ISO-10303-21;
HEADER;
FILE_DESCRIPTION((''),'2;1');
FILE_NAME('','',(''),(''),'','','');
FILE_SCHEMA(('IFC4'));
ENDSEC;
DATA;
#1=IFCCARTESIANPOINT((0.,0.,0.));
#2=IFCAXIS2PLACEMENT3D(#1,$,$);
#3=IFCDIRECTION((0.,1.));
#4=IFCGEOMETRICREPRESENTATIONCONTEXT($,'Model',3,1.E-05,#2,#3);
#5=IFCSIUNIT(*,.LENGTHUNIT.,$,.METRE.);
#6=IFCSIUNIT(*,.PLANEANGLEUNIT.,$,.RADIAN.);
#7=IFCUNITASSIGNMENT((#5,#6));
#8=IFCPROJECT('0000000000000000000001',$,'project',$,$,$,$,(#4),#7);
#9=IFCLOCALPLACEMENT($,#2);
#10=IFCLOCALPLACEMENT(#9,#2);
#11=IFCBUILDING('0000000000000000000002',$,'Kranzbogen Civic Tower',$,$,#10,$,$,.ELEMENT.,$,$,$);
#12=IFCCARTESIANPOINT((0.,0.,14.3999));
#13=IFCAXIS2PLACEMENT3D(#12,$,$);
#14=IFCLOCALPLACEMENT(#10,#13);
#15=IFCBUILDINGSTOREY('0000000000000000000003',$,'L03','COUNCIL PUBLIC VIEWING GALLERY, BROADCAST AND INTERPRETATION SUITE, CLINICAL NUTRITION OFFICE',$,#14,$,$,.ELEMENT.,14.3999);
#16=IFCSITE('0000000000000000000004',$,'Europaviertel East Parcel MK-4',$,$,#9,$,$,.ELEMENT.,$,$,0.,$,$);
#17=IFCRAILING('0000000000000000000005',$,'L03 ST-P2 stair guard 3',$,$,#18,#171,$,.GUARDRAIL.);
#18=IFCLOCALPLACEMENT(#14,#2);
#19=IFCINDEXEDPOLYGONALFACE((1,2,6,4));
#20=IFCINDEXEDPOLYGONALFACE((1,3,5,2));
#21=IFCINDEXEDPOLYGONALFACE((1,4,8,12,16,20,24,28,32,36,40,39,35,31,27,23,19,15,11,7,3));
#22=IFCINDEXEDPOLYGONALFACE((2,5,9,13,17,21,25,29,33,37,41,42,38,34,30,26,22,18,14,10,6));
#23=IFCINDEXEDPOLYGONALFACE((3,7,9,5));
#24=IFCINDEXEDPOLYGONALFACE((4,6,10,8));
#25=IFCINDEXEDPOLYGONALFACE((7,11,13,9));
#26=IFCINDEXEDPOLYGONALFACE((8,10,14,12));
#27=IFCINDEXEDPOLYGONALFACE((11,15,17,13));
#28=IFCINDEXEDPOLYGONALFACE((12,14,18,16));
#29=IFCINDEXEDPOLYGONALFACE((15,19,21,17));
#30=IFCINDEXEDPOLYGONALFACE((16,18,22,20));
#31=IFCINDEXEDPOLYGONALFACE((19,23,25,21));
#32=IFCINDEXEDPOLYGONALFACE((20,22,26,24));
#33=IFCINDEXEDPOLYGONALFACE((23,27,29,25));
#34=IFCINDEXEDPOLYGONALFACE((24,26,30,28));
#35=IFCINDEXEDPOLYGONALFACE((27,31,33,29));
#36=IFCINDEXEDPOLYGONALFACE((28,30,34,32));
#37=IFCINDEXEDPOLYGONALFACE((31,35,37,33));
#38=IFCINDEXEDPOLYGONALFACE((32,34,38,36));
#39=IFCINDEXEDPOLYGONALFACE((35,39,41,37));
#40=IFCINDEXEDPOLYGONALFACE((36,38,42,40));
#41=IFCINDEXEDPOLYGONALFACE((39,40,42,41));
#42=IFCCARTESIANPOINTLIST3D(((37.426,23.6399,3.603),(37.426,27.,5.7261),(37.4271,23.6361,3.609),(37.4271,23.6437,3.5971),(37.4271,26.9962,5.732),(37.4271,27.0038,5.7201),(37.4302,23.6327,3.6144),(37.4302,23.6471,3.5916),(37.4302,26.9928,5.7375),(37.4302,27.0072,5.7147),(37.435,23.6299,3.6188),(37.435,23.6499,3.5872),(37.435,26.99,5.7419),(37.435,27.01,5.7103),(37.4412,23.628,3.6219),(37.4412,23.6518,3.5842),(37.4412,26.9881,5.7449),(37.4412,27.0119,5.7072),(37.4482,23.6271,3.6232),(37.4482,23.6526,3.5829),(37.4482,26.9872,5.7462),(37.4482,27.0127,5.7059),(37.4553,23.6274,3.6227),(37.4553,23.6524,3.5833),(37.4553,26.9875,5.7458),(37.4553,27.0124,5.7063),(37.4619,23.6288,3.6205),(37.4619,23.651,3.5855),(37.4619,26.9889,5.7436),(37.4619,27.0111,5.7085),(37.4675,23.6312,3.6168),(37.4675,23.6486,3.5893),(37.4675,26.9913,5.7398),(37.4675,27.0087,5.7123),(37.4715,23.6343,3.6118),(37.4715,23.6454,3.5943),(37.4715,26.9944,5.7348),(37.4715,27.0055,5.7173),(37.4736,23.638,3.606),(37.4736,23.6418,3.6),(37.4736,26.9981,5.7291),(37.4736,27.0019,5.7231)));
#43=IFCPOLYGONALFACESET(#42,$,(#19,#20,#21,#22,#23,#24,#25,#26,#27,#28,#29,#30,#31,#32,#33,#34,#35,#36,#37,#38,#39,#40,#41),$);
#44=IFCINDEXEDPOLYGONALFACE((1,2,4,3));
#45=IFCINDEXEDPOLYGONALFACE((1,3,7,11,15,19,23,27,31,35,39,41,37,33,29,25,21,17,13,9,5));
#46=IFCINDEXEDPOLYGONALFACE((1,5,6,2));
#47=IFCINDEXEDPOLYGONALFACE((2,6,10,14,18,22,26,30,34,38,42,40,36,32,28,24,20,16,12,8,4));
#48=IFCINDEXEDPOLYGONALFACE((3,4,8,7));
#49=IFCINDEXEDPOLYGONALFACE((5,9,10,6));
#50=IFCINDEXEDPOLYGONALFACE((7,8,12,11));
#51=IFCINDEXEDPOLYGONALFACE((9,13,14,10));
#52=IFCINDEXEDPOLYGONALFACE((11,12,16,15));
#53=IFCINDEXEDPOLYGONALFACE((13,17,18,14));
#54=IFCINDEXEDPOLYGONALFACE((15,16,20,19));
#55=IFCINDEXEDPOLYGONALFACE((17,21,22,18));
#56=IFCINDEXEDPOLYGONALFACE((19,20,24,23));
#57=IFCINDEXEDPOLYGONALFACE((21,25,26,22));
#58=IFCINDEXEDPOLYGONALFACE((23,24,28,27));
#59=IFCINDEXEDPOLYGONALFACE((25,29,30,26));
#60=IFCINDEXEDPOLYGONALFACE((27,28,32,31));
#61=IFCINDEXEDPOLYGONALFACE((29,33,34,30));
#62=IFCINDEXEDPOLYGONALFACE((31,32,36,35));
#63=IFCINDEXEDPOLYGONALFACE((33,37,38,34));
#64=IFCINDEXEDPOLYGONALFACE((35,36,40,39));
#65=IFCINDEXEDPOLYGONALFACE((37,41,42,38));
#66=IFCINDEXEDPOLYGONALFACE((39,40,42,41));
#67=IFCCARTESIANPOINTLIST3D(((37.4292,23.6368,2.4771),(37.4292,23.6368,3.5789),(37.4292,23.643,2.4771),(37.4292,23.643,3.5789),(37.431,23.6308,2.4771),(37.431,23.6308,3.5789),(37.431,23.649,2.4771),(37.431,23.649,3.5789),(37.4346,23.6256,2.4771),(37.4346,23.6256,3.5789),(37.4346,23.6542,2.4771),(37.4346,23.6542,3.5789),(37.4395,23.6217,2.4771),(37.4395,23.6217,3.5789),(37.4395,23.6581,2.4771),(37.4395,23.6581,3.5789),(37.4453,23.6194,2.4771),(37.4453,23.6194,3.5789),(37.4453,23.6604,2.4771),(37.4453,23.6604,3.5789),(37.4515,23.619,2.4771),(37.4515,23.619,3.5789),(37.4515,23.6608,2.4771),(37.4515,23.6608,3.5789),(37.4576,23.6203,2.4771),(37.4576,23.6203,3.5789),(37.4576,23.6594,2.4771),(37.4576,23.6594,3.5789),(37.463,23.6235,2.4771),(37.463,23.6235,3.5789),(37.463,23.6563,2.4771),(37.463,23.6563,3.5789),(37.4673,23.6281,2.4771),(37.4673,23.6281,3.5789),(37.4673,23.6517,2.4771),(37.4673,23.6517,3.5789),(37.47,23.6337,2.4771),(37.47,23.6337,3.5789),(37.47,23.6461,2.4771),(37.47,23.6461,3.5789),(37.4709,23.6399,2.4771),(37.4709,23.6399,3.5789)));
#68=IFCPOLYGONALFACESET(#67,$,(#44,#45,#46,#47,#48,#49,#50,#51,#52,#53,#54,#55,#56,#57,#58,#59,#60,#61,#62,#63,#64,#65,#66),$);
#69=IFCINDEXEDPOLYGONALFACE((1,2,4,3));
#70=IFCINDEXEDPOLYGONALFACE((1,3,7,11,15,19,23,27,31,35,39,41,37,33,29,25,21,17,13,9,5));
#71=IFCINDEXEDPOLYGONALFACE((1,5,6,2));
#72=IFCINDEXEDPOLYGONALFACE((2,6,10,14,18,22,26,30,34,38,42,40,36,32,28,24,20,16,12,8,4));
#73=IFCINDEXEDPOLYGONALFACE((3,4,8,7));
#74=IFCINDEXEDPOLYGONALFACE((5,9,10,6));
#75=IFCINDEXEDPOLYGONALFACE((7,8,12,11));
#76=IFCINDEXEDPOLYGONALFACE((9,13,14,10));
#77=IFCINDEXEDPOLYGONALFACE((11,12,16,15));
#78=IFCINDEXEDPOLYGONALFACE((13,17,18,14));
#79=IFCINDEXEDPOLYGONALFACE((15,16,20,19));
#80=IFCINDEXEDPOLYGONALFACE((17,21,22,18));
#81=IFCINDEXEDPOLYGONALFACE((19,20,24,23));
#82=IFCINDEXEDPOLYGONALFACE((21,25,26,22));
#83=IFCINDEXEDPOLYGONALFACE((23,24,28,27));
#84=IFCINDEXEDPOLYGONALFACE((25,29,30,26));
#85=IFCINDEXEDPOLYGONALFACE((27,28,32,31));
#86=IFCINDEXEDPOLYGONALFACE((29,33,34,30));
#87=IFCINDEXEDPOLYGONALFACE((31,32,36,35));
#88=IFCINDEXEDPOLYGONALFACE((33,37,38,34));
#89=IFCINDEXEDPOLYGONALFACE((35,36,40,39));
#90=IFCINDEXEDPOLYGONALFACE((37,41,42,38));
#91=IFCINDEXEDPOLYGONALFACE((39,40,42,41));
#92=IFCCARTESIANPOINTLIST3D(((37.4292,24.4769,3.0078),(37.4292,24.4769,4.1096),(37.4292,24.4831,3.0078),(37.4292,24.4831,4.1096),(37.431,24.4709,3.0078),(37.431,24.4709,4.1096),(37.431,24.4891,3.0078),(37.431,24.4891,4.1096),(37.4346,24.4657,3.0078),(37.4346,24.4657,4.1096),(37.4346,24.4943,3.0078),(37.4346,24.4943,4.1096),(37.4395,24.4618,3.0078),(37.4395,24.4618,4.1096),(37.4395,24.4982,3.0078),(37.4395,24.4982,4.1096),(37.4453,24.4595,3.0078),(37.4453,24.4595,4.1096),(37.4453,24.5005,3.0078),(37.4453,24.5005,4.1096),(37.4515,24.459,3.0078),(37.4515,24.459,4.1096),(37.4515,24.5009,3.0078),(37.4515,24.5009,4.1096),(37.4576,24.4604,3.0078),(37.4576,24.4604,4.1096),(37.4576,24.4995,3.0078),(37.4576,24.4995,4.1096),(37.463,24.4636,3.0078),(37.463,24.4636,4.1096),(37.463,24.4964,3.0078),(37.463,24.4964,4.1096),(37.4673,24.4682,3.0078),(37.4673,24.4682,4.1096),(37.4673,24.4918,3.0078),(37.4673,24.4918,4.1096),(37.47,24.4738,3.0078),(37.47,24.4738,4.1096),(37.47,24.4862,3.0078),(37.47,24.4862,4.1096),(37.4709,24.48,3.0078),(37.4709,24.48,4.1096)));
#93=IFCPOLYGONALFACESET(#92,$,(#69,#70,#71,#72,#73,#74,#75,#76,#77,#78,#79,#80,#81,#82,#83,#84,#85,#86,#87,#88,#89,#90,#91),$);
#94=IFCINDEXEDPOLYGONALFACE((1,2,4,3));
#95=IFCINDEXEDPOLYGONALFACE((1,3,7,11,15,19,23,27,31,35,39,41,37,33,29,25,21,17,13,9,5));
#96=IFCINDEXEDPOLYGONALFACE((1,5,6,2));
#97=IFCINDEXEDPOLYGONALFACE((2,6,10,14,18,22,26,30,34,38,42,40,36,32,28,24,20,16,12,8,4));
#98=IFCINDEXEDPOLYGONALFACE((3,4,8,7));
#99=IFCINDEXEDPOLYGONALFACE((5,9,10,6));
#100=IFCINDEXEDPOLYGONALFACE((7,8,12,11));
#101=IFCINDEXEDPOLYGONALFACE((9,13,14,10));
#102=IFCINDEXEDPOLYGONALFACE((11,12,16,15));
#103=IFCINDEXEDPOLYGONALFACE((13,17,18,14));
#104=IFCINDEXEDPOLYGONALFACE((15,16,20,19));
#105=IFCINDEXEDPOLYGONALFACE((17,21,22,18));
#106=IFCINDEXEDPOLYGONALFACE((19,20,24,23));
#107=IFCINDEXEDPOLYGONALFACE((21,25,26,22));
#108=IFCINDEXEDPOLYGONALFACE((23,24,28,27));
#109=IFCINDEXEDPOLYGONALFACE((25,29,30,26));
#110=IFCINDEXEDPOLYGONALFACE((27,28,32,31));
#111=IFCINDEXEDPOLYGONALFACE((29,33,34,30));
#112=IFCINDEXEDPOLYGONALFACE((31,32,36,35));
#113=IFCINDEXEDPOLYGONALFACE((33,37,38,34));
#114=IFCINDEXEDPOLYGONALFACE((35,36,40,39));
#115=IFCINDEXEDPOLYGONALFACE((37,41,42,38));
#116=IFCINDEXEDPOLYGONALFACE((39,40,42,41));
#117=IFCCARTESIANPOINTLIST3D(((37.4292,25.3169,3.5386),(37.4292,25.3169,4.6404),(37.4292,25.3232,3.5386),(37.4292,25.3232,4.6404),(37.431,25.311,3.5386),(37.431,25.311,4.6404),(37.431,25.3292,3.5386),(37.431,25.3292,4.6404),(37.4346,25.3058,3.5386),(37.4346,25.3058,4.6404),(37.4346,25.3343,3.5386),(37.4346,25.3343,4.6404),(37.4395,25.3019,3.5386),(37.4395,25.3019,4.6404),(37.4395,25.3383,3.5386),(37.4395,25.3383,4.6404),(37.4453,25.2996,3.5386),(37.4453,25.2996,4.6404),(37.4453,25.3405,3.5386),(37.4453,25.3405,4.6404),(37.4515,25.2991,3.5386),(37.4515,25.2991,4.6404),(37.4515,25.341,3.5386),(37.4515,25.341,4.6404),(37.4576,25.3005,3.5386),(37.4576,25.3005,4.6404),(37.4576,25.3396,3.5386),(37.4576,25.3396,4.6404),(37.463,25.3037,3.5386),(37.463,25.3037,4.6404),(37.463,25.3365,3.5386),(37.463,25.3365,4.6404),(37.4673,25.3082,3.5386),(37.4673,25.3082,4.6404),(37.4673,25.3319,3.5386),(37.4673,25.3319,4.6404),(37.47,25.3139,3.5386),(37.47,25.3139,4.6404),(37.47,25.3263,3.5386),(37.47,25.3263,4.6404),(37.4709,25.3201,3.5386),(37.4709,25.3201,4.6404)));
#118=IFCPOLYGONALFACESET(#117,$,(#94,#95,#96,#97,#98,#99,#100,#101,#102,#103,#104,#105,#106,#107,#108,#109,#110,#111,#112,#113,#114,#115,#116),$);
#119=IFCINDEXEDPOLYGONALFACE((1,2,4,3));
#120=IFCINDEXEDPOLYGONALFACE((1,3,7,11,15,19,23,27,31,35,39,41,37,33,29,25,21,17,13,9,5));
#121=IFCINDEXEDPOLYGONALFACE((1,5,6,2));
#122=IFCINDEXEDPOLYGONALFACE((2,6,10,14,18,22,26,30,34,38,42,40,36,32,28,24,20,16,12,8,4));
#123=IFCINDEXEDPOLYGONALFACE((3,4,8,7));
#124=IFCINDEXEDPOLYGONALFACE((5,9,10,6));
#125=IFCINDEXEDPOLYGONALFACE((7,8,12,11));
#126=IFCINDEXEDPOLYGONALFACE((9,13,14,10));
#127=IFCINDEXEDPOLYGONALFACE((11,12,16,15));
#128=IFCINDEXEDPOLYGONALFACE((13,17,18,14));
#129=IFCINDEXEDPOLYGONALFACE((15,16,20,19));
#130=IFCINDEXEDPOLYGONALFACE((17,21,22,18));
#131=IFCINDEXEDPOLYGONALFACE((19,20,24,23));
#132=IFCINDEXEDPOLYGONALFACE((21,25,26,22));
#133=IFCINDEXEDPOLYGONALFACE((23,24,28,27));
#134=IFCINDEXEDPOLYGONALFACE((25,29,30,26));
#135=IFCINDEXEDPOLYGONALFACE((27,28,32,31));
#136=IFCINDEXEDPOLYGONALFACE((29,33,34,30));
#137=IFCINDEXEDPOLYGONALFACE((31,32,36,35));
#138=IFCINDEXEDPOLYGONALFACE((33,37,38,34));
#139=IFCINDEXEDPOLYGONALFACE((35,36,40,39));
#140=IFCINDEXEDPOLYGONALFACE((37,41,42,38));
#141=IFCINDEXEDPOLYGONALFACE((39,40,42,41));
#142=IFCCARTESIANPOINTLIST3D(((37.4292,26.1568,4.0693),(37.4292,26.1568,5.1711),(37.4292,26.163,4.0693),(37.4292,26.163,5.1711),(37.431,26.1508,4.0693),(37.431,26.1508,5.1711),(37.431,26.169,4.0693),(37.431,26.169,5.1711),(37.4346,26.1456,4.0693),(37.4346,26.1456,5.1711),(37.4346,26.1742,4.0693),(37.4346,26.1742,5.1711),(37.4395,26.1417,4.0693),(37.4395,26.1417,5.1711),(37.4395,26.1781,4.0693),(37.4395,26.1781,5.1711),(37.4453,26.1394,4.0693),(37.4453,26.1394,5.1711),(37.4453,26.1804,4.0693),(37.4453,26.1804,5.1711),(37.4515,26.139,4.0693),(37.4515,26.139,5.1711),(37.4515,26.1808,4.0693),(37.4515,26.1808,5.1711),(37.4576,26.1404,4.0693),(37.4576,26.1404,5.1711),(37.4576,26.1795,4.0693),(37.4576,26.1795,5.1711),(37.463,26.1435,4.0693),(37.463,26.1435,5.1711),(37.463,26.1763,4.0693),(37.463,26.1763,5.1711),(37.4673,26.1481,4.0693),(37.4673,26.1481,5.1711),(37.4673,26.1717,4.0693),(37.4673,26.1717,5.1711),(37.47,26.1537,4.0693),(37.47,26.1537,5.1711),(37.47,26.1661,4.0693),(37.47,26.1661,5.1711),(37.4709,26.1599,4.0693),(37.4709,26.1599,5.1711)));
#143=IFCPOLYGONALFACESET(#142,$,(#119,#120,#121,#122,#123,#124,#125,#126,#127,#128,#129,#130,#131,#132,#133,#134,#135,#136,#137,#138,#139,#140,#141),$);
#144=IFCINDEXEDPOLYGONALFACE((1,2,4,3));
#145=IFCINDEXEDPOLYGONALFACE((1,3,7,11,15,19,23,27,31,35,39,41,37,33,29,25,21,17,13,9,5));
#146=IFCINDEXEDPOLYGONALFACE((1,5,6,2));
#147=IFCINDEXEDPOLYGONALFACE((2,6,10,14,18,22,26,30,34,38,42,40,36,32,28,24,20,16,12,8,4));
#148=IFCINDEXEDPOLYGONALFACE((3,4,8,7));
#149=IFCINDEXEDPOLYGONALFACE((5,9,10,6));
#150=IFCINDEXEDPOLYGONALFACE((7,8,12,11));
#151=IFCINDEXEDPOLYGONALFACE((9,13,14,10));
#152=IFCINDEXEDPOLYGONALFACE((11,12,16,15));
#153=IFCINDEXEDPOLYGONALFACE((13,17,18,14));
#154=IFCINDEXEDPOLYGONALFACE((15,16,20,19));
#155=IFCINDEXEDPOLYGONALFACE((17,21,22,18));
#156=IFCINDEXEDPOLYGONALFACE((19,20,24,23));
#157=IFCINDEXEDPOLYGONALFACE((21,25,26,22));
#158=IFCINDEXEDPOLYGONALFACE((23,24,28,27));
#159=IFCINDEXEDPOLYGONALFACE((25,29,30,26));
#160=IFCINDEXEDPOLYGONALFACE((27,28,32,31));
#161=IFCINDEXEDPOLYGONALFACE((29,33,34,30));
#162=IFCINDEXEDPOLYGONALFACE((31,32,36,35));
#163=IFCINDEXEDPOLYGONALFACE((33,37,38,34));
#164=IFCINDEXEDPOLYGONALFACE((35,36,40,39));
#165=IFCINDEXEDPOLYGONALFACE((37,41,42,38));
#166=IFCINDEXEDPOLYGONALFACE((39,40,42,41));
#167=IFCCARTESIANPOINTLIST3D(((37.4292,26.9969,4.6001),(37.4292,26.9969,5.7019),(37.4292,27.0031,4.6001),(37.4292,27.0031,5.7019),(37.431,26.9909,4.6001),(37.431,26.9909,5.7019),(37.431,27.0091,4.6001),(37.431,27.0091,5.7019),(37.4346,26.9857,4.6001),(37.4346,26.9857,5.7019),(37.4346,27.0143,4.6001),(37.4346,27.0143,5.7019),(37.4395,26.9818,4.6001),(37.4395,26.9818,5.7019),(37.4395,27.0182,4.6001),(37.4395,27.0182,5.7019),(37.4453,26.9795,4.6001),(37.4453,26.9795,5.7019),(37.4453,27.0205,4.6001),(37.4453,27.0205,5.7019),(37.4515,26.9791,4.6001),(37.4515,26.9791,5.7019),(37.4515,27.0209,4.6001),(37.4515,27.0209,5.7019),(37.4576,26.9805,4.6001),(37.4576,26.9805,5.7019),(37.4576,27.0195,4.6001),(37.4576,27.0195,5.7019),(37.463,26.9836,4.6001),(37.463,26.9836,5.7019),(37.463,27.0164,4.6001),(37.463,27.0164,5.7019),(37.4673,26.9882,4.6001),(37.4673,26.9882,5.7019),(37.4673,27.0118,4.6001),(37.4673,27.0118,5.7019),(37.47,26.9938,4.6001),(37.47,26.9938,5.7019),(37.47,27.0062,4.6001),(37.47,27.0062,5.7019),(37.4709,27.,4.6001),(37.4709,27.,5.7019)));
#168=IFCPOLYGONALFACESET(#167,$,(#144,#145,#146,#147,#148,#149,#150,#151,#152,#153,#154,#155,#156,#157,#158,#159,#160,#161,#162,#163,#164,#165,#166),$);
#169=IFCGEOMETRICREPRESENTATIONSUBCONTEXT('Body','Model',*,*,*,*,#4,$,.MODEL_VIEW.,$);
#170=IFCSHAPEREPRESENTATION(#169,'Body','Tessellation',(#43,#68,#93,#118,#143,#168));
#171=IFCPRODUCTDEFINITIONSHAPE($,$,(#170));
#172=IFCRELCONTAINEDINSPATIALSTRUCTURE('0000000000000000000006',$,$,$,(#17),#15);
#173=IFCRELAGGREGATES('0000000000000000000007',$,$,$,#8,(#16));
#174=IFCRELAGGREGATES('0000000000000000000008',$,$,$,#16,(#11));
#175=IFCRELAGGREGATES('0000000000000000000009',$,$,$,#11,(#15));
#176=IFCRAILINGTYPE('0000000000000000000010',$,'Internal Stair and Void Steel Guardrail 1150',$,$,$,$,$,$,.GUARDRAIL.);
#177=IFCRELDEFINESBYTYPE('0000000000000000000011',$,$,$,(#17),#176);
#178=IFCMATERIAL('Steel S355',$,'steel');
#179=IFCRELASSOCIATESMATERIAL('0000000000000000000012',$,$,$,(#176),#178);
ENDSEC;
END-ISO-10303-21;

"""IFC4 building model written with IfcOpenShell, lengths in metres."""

from ifc_helpers import new_model, si_unit, direction, frame, origin, origin_2d, place, context, subcontext, project, spatial, circle, extrude, material, type_object, element, save


model = new_model("IFC4")

# Units and contexts
model_context = context("Model", 3, precision=1e-05, world=origin(), true_north=direction((0.0, 1.0)))
body_context = subcontext(model_context, "Body", "Model", "MODEL_VIEW")
ifc_project = project(units=[si_unit("LENGTHUNIT", "METRE"), si_unit("PLANEANGLEUNIT", "RADIAN")], contexts=[model_context])

# Site, building, storey
site_placement = place(None, origin())
site = spatial("IfcSite", under=ifc_project, at=site_placement, Name="Europaviertel East Parcel MK-4", CompositionType="ELEMENT", RefElevation=0.0)
building_placement = place(site_placement, origin())
building = spatial("IfcBuilding", under=site, at=building_placement, Name="Kranzbogen Civic Tower", CompositionType="ELEMENT")
storey_placement = place(building_placement, frame((0.0, 0.0, 14.3999)))
storey = spatial("IfcBuildingStorey", under=building, at=storey_placement, Name="L03", Description="COUNCIL PUBLIC VIEWING GALLERY, BROADCAST AND INTERPRETATION SUITE, CLINICAL NUTRITION OFFICE", CompositionType="ELEMENT", Elevation=14.3999)

# Shared definitions
ifc_material_1 = material(Name="Steel S355", Category="steel")

# Railing
railing_type_1 = type_object("IfcRailingType", Name="Internal Stair and Void Steel Guardrail 1150", PredefinedType="GUARDRAIL", material=ifc_material_1)
railing_1_placement = place(storey_placement, frame((37.45, 23.6399, 2.4771)))
element("IfcRailing", 1, at=railing_1_placement, inside=storey, type_object=railing_type_1, Name="L03 ST-P2 stair guard 3", PredefinedType="GUARDRAIL", context=body_context, shape_type="SweptSolid", body=[
    extrude(circle(Radius=0.0239, at=origin_2d()), frame((0.0, 0.0, 1.126), z_axis=(0.0, 0.84539, 0.53415), x_axis=(-1.0, 0.0, 0.0)), (0.0, 0.0, 1.0), 3.9746),
    extrude(circle(Radius=0.021, at=origin_2d()), origin(), (0.0, 0.0, 1.0), 1.1018),
    extrude(circle(Radius=0.021, at=origin_2d()), frame((0.0, 0.8401, 0.5308)), (0.0, 0.0, 1.0), 1.1018),
    extrude(circle(Radius=0.021, at=origin_2d()), frame((0.0, 1.6802, 1.0615)), (0.0, 0.0, 1.0), 1.1018),
    extrude(circle(Radius=0.021, at=origin_2d()), frame((0.0, 2.52, 1.5923)), (0.0, 0.0, 1.0), 1.1018),
    extrude(circle(Radius=0.021, at=origin_2d()), frame((0.0, 3.3601, 2.123)), (0.0, 0.0, 1.0), 1.1018),
])

save(model, "model.ifc")
